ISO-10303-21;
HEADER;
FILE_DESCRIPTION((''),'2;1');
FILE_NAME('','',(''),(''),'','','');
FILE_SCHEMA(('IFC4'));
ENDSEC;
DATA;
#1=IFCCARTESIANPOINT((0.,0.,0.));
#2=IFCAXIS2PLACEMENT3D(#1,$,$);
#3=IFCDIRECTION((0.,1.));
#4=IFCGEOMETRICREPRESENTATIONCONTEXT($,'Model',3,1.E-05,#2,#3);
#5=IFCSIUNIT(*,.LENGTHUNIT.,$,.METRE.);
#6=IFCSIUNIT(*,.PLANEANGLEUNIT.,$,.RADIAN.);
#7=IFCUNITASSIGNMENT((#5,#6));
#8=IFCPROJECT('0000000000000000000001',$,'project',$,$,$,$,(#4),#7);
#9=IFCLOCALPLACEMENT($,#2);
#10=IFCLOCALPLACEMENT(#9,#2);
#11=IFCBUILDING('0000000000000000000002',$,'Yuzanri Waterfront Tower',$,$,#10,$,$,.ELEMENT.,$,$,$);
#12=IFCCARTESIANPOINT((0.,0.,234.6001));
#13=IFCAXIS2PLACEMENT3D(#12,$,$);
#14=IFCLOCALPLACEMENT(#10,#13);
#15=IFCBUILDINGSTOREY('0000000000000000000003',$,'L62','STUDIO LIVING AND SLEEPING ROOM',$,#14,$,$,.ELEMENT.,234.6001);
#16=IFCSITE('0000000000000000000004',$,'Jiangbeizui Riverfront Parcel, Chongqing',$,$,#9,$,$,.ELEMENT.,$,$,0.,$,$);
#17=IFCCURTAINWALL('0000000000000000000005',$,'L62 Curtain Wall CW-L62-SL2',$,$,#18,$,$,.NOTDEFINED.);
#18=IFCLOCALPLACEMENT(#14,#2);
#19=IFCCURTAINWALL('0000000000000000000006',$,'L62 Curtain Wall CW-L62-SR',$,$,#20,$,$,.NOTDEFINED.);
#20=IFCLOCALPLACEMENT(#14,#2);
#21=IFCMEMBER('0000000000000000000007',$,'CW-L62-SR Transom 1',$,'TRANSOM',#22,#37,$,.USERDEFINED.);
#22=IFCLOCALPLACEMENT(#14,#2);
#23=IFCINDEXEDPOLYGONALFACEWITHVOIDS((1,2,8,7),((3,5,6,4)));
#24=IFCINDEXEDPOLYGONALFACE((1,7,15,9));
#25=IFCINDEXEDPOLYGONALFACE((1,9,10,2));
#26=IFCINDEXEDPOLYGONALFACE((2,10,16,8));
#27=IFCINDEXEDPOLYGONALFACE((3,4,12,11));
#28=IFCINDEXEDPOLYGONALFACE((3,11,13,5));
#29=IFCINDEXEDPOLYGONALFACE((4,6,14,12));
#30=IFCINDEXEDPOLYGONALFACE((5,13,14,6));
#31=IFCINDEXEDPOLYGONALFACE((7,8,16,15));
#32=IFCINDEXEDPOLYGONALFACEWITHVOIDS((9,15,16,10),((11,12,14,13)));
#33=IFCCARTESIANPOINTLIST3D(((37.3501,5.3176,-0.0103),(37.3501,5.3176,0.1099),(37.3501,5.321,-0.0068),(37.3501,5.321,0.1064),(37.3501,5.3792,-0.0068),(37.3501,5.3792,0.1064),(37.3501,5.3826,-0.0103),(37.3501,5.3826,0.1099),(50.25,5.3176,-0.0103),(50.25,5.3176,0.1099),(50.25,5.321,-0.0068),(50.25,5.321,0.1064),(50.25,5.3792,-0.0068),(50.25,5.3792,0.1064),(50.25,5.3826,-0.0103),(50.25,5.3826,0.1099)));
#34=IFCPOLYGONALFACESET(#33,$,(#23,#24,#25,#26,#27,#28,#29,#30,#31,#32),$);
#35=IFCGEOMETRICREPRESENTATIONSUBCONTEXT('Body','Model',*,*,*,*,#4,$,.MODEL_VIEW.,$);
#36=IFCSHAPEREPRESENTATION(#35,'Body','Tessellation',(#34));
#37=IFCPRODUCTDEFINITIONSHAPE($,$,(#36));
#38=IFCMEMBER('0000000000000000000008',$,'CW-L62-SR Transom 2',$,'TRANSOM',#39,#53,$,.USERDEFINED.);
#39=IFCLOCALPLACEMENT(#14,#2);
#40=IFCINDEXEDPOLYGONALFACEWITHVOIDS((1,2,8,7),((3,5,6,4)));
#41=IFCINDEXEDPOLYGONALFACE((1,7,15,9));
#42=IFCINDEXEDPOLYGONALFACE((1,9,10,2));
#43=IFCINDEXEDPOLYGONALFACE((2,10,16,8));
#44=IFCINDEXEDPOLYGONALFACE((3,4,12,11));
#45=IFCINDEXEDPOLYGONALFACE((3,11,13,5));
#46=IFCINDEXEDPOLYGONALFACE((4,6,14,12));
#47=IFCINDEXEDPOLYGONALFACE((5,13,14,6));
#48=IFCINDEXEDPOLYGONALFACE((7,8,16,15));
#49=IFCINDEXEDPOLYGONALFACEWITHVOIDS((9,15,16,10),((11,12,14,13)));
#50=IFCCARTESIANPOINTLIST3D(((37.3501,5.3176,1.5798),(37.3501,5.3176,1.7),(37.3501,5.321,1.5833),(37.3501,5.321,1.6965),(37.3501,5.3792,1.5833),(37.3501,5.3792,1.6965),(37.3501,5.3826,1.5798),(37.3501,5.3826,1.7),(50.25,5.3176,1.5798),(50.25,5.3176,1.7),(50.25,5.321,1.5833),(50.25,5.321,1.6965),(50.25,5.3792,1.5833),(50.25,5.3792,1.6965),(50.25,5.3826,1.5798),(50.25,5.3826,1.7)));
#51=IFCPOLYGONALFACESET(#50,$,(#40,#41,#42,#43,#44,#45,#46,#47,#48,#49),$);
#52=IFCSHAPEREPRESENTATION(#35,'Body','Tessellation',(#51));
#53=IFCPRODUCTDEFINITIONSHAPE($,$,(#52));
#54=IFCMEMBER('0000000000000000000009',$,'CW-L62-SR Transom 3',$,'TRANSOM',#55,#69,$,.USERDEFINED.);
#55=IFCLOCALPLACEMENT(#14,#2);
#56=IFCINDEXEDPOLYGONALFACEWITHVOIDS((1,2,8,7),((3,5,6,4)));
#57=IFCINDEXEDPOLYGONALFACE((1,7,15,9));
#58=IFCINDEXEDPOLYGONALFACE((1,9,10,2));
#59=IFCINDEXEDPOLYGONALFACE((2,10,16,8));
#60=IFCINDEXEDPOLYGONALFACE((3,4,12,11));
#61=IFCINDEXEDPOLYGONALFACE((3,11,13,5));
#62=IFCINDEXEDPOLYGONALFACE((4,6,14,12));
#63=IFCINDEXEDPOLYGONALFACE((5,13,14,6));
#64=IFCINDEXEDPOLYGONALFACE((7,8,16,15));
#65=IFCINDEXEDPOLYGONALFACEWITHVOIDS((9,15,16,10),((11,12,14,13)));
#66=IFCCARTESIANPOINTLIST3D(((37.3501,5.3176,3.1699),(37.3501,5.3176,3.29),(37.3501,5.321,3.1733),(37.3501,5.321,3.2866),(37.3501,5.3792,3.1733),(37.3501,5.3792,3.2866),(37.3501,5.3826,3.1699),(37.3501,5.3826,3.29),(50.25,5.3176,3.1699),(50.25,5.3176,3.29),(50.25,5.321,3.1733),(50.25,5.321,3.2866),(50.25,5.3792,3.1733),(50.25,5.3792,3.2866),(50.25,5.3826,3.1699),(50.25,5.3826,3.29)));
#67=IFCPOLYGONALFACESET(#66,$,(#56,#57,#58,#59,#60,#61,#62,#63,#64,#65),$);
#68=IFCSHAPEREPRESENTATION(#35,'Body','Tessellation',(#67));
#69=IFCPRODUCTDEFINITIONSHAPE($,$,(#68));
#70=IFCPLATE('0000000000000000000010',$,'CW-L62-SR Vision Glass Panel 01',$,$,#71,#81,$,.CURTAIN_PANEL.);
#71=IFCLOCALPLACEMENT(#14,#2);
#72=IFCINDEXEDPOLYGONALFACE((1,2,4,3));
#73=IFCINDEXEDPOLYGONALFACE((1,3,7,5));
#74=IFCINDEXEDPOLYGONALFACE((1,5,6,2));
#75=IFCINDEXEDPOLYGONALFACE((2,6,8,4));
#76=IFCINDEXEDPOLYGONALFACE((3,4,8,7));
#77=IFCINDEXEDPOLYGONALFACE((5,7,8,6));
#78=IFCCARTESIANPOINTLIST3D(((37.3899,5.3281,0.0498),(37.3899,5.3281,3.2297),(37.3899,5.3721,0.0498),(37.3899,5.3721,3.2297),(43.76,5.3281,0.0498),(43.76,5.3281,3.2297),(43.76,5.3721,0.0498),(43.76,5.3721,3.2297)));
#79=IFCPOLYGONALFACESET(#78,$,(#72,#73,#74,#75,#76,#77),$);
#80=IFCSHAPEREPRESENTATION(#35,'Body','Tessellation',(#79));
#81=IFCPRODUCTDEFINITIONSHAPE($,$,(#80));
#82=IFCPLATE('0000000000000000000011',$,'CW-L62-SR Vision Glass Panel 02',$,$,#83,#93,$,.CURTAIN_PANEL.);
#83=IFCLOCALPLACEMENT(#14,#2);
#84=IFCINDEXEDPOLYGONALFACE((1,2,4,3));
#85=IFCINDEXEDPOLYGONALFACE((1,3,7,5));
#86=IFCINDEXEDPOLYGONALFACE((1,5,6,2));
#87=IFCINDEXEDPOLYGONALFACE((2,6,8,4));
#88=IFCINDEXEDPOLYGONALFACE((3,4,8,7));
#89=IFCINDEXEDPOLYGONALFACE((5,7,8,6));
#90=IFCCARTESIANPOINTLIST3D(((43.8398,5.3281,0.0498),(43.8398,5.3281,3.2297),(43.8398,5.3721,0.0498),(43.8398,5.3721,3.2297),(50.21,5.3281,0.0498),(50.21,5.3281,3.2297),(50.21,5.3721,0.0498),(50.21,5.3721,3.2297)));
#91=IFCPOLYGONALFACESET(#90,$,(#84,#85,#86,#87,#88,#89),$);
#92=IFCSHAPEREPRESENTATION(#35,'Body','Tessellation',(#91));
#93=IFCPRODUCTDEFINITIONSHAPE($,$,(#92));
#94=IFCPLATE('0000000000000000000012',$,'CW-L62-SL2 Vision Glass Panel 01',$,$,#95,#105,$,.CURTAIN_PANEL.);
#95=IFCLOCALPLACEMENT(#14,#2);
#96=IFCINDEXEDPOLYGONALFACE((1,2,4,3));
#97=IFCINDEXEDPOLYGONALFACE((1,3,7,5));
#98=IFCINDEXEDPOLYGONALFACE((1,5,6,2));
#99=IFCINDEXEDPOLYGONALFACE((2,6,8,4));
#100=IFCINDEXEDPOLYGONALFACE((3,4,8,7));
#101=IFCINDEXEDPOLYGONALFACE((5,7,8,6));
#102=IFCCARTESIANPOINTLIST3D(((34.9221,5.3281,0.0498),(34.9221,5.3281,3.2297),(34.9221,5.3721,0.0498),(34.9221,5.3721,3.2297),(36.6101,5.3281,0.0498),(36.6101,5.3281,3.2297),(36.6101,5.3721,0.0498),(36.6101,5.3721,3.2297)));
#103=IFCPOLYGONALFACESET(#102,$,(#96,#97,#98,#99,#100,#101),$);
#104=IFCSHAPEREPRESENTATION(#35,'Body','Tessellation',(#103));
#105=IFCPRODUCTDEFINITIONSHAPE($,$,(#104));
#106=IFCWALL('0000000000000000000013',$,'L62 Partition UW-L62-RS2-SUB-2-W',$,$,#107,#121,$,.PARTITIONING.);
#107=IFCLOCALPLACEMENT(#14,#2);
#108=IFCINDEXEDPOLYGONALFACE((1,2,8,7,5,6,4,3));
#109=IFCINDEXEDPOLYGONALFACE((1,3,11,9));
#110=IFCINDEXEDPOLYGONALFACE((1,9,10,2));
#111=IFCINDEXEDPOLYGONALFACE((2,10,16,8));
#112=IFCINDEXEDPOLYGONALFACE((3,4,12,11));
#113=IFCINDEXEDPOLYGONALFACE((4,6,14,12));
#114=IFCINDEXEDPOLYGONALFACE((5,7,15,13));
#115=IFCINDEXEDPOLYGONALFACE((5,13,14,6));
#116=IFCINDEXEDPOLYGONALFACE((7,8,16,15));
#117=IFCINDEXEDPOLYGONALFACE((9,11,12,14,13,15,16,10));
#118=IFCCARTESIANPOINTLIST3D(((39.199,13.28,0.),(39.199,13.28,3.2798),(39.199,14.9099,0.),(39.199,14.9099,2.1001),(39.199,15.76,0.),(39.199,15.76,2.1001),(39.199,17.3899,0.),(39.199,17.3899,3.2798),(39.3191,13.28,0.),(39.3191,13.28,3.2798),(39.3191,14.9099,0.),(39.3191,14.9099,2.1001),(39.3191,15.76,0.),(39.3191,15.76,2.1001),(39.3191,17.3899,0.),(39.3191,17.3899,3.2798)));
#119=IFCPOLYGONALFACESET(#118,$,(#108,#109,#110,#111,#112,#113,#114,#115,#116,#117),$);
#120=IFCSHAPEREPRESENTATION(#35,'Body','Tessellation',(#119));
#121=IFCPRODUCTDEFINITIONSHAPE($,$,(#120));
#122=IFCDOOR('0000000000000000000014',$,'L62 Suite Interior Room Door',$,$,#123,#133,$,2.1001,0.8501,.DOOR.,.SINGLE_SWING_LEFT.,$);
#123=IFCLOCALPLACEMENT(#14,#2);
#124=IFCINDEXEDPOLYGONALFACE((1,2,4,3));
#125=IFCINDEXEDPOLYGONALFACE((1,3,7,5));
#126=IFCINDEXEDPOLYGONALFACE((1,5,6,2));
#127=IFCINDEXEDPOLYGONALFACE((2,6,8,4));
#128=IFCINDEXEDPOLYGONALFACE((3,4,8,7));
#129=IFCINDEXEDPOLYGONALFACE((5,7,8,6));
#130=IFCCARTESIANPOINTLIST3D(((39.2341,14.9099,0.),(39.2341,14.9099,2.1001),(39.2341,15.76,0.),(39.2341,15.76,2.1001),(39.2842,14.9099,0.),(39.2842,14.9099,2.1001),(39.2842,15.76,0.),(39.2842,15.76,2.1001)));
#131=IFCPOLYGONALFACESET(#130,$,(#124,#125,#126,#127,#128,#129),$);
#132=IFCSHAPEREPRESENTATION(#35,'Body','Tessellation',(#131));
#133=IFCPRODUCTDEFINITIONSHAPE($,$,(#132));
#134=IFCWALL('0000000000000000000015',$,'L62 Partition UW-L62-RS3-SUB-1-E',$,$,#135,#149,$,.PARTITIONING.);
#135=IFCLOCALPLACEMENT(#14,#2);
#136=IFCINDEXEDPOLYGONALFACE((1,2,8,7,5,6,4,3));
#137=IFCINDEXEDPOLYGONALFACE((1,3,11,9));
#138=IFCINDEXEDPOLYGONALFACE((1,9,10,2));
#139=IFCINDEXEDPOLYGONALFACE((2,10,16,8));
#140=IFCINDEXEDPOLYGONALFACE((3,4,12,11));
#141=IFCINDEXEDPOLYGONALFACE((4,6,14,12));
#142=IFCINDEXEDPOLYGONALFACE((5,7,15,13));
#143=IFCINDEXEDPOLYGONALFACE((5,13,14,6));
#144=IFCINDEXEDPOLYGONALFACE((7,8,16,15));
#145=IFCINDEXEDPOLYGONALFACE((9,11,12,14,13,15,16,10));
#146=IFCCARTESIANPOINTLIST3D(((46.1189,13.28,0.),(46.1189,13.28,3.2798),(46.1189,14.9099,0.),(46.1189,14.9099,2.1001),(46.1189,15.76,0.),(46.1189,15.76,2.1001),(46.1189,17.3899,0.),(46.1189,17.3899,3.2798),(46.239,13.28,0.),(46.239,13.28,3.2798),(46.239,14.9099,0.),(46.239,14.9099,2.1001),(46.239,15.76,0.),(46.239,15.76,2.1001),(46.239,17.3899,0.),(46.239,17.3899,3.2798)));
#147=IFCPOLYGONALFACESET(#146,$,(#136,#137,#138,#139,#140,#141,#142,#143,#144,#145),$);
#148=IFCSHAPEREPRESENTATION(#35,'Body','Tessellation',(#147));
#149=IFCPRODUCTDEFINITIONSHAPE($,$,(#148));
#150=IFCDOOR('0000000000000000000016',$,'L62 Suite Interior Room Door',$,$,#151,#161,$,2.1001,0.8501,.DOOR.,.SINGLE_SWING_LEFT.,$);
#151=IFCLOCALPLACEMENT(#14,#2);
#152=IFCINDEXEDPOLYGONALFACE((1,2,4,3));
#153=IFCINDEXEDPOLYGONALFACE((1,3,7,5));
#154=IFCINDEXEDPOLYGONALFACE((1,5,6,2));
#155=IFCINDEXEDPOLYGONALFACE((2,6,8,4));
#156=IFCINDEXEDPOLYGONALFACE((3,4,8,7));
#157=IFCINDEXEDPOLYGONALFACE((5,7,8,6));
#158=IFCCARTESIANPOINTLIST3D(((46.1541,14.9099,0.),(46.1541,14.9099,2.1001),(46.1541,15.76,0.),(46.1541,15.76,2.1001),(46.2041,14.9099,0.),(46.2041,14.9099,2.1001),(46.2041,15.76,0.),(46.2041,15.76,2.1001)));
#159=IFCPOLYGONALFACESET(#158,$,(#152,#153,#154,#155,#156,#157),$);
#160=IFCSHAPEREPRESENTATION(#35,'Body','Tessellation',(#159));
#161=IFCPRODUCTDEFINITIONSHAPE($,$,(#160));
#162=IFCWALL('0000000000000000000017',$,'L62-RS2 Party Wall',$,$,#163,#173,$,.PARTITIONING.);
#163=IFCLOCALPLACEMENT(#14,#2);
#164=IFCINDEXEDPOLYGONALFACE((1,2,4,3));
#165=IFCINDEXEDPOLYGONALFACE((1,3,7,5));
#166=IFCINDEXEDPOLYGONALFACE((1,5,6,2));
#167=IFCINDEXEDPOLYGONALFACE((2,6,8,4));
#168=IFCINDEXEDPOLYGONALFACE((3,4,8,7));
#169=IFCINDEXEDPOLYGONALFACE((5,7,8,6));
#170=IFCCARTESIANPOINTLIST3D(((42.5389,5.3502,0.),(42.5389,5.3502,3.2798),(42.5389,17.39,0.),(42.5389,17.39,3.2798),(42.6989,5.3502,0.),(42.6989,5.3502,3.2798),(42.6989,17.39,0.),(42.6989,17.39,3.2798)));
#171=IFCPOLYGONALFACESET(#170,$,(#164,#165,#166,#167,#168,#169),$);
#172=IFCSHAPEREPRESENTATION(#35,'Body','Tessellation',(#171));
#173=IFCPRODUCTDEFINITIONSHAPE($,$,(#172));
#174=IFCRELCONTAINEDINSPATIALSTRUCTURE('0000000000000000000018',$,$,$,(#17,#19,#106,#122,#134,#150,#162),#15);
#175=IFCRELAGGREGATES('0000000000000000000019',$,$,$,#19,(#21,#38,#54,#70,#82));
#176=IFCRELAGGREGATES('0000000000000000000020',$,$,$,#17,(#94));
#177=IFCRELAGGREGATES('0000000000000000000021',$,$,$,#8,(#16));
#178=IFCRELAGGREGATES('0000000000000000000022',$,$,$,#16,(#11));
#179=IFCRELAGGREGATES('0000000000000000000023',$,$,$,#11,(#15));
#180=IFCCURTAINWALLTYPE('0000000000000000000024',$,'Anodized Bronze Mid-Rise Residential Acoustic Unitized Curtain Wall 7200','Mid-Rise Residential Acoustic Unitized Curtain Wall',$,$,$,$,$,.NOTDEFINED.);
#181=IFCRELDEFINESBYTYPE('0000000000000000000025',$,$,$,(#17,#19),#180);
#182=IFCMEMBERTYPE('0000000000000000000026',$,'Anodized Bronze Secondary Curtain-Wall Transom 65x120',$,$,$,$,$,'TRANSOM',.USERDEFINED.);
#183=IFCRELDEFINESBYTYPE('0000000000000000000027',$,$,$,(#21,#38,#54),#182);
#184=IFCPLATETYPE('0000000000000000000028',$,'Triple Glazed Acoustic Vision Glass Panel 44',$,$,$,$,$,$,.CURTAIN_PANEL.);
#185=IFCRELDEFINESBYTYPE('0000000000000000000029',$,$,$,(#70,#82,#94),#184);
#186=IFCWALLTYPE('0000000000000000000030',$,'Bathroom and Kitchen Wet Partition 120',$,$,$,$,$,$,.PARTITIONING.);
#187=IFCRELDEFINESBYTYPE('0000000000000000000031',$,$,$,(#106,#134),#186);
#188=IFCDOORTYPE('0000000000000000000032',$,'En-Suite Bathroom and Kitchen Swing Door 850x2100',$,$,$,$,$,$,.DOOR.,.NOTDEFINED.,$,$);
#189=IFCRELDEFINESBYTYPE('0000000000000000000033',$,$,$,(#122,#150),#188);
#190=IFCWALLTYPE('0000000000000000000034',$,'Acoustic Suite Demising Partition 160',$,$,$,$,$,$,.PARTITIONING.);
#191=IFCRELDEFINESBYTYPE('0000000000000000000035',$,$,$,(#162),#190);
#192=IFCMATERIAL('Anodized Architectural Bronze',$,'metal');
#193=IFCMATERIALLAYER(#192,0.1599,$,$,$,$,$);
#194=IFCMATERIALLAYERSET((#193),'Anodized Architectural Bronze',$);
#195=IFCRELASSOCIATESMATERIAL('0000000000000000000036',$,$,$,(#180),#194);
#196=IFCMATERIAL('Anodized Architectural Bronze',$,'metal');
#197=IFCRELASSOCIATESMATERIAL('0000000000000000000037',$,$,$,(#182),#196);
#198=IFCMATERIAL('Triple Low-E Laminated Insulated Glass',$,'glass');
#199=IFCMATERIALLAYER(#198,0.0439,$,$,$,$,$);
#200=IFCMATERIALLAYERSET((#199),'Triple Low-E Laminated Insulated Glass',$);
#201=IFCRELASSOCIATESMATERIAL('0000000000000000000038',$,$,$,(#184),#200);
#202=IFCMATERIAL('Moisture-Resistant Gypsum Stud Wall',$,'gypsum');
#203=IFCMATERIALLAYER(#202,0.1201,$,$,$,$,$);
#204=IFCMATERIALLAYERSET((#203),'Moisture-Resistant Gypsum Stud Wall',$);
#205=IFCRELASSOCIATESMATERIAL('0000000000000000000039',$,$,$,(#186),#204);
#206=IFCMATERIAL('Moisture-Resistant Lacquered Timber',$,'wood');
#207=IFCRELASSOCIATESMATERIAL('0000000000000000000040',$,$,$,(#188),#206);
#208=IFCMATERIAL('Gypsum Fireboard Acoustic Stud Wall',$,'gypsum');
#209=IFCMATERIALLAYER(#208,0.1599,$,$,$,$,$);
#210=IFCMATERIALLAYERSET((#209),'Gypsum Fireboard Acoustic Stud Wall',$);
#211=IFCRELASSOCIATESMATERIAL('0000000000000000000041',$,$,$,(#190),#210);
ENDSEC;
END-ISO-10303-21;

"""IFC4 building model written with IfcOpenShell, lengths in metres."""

from ifc_helpers import new_model, si_unit, direction, frame, frame_2d, origin, origin_2d, place, context, subcontext, project, spatial, rectangle, hollow_rectangle, extrude, source, transform, mapped, material, layer, layer_set, material_profile, profile_set, type_object, element, fill, aggregate, save


model = new_model("IFC4")

# Units and contexts
model_context = context("Model", 3, precision=1e-05, world=origin(), true_north=direction((0.0, 1.0)))
body_context = subcontext(model_context, "Body", "Model", "MODEL_VIEW")
ifc_project = project(units=[si_unit("LENGTHUNIT", "METRE"), si_unit("PLANEANGLEUNIT", "RADIAN")], contexts=[model_context])

# Site, building, storey
site_placement = place(None, origin())
site = spatial("IfcSite", under=ifc_project, at=site_placement, Name="Jiangbeizui Riverfront Parcel, Chongqing", CompositionType="ELEMENT", RefElevation=0.0)
building_placement = place(site_placement, origin())
building = spatial("IfcBuilding", under=site, at=building_placement, Name="Yuzanri Waterfront Tower", CompositionType="ELEMENT")
storey_placement = place(building_placement, frame((0.0, 0.0, 234.6001)))
storey = spatial("IfcBuildingStorey", under=building, at=storey_placement, Name="L62", Description="STUDIO LIVING AND SLEEPING ROOM", CompositionType="ELEMENT", Elevation=234.6001)

# Curtain wall
ifc_material_1 = material(Name="Anodized Architectural Bronze", Category="metal")
ifc_layer_1 = layer(ifc_material_1, 0.1599)
ifc_layer_set_1 = layer_set([ifc_layer_1], Name="Anodized Architectural Bronze")
curtain_wall_type = type_object("IfcCurtainWallType", Name="Anodized Bronze Mid-Rise Residential Acoustic Unitized Curtain Wall 7200", Description="Mid-Rise Residential Acoustic Unitized Curtain Wall", PredefinedType="NOTDEFINED", material=ifc_layer_set_1)
curtain_wall_1_placement = place(storey_placement, origin())
curtain_wall_1 = element("IfcCurtainWall", 1, at=curtain_wall_1_placement, inside=storey, type_object=curtain_wall_type, Name="L62 Curtain Wall CW-L62-SL2", PredefinedType="NOTDEFINED")

# Curtain wall, members, plates
curtain_wall_2_placement = place(storey_placement, origin())
curtain_wall_2 = element("IfcCurtainWall", 2, at=curtain_wall_2_placement, inside=storey, type_object=curtain_wall_type, Name="L62 Curtain Wall CW-L62-SR", PredefinedType="NOTDEFINED")
ifc_material_2 = material(Name="Anodized Architectural Bronze", Category="metal")
ifc_material_profile_1 = material_profile(ifc_material_2, hollow_rectangle(XDim=0.0649, YDim=0.1201, WallThickness=0.0034, at=origin_2d()), Name="CWT 65x120")
ifc_profile_set_1 = profile_set([ifc_material_profile_1], Name="Anodized Architectural Bronze")
member_type_1 = type_object("IfcMemberType", Name="Anodized Bronze Secondary Curtain-Wall Transom 65x120", ElementType="TRANSOM", PredefinedType="USERDEFINED", material=ifc_profile_set_1)
shared_shape_1 = source(origin(), body_context, "Body", "SweptSolid", [
    extrude(hollow_rectangle(XDim=0.0649, YDim=0.1201, WallThickness=0.0034, at=origin_2d()), origin(), (0.0, 0.0, 1.0), 12.8999),
])
member_1_placement = place(storey_placement, frame((37.3501, 5.3501, 0.0498), z_axis=(1.0, 0.0, 0.0), x_axis=(0.0, 1.0, 0.0)))
member_1 = element("IfcMember", 3, at=member_1_placement, type_object=member_type_1, Name="CW-L62-SR Transom 1", ObjectType="TRANSOM", PredefinedType="USERDEFINED", context=body_context, shape_type="MappedRepresentation", body=[
    mapped(shared_shape_1, transform((0.0, 0.0, 0.0), scale=1.0)),
])
member_2_placement = place(storey_placement, frame((37.3501, 5.3501, 1.6399), z_axis=(1.0, 0.0, 0.0), x_axis=(0.0, 1.0, 0.0)))
member_2 = element("IfcMember", 4, at=member_2_placement, type_object=member_type_1, Name="CW-L62-SR Transom 2", ObjectType="TRANSOM", PredefinedType="USERDEFINED", context=body_context, shape_type="MappedRepresentation", body=[
    mapped(shared_shape_1, transform((0.0, 0.0, 0.0), scale=1.0)),
])
member_3_placement = place(storey_placement, frame((37.3501, 5.3501, 3.23), z_axis=(1.0, 0.0, 0.0), x_axis=(0.0, 1.0, 0.0)))
member_3 = element("IfcMember", 5, at=member_3_placement, type_object=member_type_1, Name="CW-L62-SR Transom 3", ObjectType="TRANSOM", PredefinedType="USERDEFINED", context=body_context, shape_type="MappedRepresentation", body=[
    mapped(shared_shape_1, transform((0.0, 0.0, 0.0), scale=1.0)),
])
ifc_material_3 = material(Name="Triple Low-E Laminated Insulated Glass", Category="glass")
ifc_layer_2 = layer(ifc_material_3, 0.0439)
ifc_layer_set_2 = layer_set([ifc_layer_2], Name="Triple Low-E Laminated Insulated Glass")
plate_type = type_object("IfcPlateType", Name="Triple Glazed Acoustic Vision Glass Panel 44", PredefinedType="CURTAIN_PANEL", material=ifc_layer_set_2)
shared_shape_2 = source(origin(), body_context, "Body", "SweptSolid", [
    extrude(rectangle(XDim=6.3701, YDim=0.0439, at=origin_2d()), origin(), (0.0, 0.0, 1.0), 3.1799),
])
plate_1_placement = place(storey_placement, frame((40.575, 5.3501, 0.0498), z_axis=(0.0, 0.0, 1.0), x_axis=(1.0, 0.0, 0.0)))
plate_1 = element("IfcPlate", 6, at=plate_1_placement, type_object=plate_type, Name="CW-L62-SR Vision Glass Panel 01", PredefinedType="CURTAIN_PANEL", context=body_context, shape_type="MappedRepresentation", body=[
    mapped(shared_shape_2, transform((0.0, 0.0, 0.0), scale=1.0)),
])
plate_2_placement = place(storey_placement, frame((47.0249, 5.3501, 0.0498), z_axis=(0.0, 0.0, 1.0), x_axis=(1.0, 0.0, 0.0)))
plate_2 = element("IfcPlate", 7, at=plate_2_placement, type_object=plate_type, Name="CW-L62-SR Vision Glass Panel 02", PredefinedType="CURTAIN_PANEL", context=body_context, shape_type="MappedRepresentation", body=[
    mapped(shared_shape_2, transform((0.0, 0.0, 0.0), scale=1.0)),
])
aggregate(curtain_wall_2, [member_1, member_2, member_3, plate_1, plate_2])

# Plate
shared_shape_3 = source(origin(), body_context, "Body", "SweptSolid", [
    extrude(rectangle(XDim=1.688, YDim=0.0439, at=origin_2d()), origin(), (0.0, 0.0, 1.0), 3.1799),
])
plate_3_placement = place(storey_placement, frame((35.7661, 5.3501, 0.0498), z_axis=(0.0, 0.0, 1.0), x_axis=(1.0, 0.0, 0.0)))
plate_3 = element("IfcPlate", 8, at=plate_3_placement, type_object=plate_type, Name="CW-L62-SL2 Vision Glass Panel 01", PredefinedType="CURTAIN_PANEL", context=body_context, shape_type="MappedRepresentation", body=[
    mapped(shared_shape_3, transform((0.0, 0.0, 0.0), scale=1.0)),
])
aggregate(curtain_wall_1, [plate_3])

# Walls, openings, doors
ifc_material_4 = material(Name="Moisture-Resistant Gypsum Stud Wall", Category="gypsum")
ifc_layer_3 = layer(ifc_material_4, 0.1201)
ifc_layer_set_3 = layer_set([ifc_layer_3], Name="Moisture-Resistant Gypsum Stud Wall")
wall_type_1 = type_object("IfcWallType", Name="Bathroom and Kitchen Wet Partition 120", PredefinedType="PARTITIONING", material=ifc_layer_set_3)
wall_1_placement = place(storey_placement, frame((39.259, 13.28, 0.0), z_axis=(0.0, 0.0, 1.0), x_axis=(0.0, 1.0, 0.0)))
wall_1 = element("IfcWall", 9, at=wall_1_placement, inside=storey, type_object=wall_type_1, Name="L62 Partition UW-L62-RS2-SUB-2-W", PredefinedType="PARTITIONING", context=body_context, shape_type="SweptSolid", body=[
    extrude(rectangle(XDim=4.1099, YDim=0.1201, at=frame_2d((2.0549, 0.0))), origin(), (0.0, 0.0, 1.0), 3.2798),
])
opening_1_placement = place(wall_1_placement, frame((1.6299, 0.0, 0.0)))
opening_1 = element("IfcOpeningElement", 10, at=opening_1_placement, cuts=wall_1, PredefinedType="OPENING", context=body_context, shape_type="SweptSolid", body=[
    extrude(rectangle(XDim=0.8501, YDim=2.1001, at=frame_2d((0.425, 1.05))), frame((0.0, 0.075, 0.0), z_axis=(0.0, -1.0, 0.0), x_axis=(1.0, 0.0, 0.0)), (0.0, 0.0, 1.0), 0.1499),
])
ifc_material_5 = material(Name="Moisture-Resistant Lacquered Timber", Category="wood")
door_type = type_object("IfcDoorType", Name="En-Suite Bathroom and Kitchen Swing Door 850x2100", OperationType="NOTDEFINED", PredefinedType="DOOR", material=ifc_material_5)
shared_shape_4 = source(origin(), body_context, "Body", "SweptSolid", [
    extrude(rectangle(XDim=0.8501, YDim=2.1001, at=frame_2d((0.425, 1.05))), frame((0.0, 0.0249, 0.0), z_axis=(0.0, -1.0, 0.0), x_axis=(1.0, 0.0, 0.0)), (0.0, 0.0, 1.0), 0.05),
])
door_1_placement = place(opening_1_placement, origin())
door_1 = element("IfcDoor", 11, at=door_1_placement, inside=storey, type_object=door_type, Name="L62 Suite Interior Room Door", OperationType="SINGLE_SWING_LEFT", OverallHeight=2.1001, OverallWidth=0.8501, PredefinedType="DOOR", context=body_context, shape_type="MappedRepresentation", body=[
    mapped(shared_shape_4, transform((0.0, 0.0, 0.0), scale=1.0)),
])
fill(opening_1, door_1)
wall_2_placement = place(storey_placement, frame((46.179, 13.28, 0.0), z_axis=(0.0, 0.0, 1.0), x_axis=(0.0, 1.0, 0.0)))
wall_2 = element("IfcWall", 12, at=wall_2_placement, inside=storey, type_object=wall_type_1, Name="L62 Partition UW-L62-RS3-SUB-1-E", PredefinedType="PARTITIONING", context=body_context, shape_type="SweptSolid", body=[
    extrude(rectangle(XDim=4.1099, YDim=0.1201, at=frame_2d((2.0549, 0.0))), origin(), (0.0, 0.0, 1.0), 3.2798),
])
opening_2_placement = place(wall_2_placement, frame((1.6299, 0.0, 0.0)))
opening_2 = element("IfcOpeningElement", 13, at=opening_2_placement, cuts=wall_2, PredefinedType="OPENING", context=body_context, shape_type="SweptSolid", body=[
    extrude(rectangle(XDim=0.8501, YDim=2.1001, at=frame_2d((0.425, 1.05))), frame((0.0, 0.075, 0.0), z_axis=(0.0, -1.0, 0.0), x_axis=(1.0, 0.0, 0.0)), (0.0, 0.0, 1.0), 0.1499),
])
door_2_placement = place(opening_2_placement, origin())
door_2 = element("IfcDoor", 14, at=door_2_placement, inside=storey, type_object=door_type, Name="L62 Suite Interior Room Door", OperationType="SINGLE_SWING_LEFT", OverallHeight=2.1001, OverallWidth=0.8501, PredefinedType="DOOR", context=body_context, shape_type="MappedRepresentation", body=[
    mapped(shared_shape_4, transform((0.0, 0.0, 0.0), scale=1.0)),
])
fill(opening_2, door_2)

# Wall
ifc_material_6 = material(Name="Gypsum Fireboard Acoustic Stud Wall", Category="gypsum")
ifc_layer_4 = layer(ifc_material_6, 0.1599)
ifc_layer_set_4 = layer_set([ifc_layer_4], Name="Gypsum Fireboard Acoustic Stud Wall")
wall_type_2 = type_object("IfcWallType", Name="Acoustic Suite Demising Partition 160", PredefinedType="PARTITIONING", material=ifc_layer_set_4)
shared_shape_5 = source(origin(), body_context, "Body", "SweptSolid", [
    extrude(rectangle(XDim=12.0398, YDim=0.1599, at=frame_2d((6.02, 0.0))), origin(), (0.0, 0.0, 1.0), 3.2798),
])
wall_3_placement = place(storey_placement, frame((42.6189, 5.3501, 0.0), z_axis=(0.0, 0.0, 1.0), x_axis=(0.0, 1.0, 0.0)))
element("IfcWall", 15, at=wall_3_placement, inside=storey, type_object=wall_type_2, Name="L62-RS2 Party Wall", PredefinedType="PARTITIONING", context=body_context, shape_type="MappedRepresentation", body=[
    mapped(shared_shape_5, transform((0.0, 0.0, 0.0), scale=1.0)),
])

save(model, "model.ifc")
